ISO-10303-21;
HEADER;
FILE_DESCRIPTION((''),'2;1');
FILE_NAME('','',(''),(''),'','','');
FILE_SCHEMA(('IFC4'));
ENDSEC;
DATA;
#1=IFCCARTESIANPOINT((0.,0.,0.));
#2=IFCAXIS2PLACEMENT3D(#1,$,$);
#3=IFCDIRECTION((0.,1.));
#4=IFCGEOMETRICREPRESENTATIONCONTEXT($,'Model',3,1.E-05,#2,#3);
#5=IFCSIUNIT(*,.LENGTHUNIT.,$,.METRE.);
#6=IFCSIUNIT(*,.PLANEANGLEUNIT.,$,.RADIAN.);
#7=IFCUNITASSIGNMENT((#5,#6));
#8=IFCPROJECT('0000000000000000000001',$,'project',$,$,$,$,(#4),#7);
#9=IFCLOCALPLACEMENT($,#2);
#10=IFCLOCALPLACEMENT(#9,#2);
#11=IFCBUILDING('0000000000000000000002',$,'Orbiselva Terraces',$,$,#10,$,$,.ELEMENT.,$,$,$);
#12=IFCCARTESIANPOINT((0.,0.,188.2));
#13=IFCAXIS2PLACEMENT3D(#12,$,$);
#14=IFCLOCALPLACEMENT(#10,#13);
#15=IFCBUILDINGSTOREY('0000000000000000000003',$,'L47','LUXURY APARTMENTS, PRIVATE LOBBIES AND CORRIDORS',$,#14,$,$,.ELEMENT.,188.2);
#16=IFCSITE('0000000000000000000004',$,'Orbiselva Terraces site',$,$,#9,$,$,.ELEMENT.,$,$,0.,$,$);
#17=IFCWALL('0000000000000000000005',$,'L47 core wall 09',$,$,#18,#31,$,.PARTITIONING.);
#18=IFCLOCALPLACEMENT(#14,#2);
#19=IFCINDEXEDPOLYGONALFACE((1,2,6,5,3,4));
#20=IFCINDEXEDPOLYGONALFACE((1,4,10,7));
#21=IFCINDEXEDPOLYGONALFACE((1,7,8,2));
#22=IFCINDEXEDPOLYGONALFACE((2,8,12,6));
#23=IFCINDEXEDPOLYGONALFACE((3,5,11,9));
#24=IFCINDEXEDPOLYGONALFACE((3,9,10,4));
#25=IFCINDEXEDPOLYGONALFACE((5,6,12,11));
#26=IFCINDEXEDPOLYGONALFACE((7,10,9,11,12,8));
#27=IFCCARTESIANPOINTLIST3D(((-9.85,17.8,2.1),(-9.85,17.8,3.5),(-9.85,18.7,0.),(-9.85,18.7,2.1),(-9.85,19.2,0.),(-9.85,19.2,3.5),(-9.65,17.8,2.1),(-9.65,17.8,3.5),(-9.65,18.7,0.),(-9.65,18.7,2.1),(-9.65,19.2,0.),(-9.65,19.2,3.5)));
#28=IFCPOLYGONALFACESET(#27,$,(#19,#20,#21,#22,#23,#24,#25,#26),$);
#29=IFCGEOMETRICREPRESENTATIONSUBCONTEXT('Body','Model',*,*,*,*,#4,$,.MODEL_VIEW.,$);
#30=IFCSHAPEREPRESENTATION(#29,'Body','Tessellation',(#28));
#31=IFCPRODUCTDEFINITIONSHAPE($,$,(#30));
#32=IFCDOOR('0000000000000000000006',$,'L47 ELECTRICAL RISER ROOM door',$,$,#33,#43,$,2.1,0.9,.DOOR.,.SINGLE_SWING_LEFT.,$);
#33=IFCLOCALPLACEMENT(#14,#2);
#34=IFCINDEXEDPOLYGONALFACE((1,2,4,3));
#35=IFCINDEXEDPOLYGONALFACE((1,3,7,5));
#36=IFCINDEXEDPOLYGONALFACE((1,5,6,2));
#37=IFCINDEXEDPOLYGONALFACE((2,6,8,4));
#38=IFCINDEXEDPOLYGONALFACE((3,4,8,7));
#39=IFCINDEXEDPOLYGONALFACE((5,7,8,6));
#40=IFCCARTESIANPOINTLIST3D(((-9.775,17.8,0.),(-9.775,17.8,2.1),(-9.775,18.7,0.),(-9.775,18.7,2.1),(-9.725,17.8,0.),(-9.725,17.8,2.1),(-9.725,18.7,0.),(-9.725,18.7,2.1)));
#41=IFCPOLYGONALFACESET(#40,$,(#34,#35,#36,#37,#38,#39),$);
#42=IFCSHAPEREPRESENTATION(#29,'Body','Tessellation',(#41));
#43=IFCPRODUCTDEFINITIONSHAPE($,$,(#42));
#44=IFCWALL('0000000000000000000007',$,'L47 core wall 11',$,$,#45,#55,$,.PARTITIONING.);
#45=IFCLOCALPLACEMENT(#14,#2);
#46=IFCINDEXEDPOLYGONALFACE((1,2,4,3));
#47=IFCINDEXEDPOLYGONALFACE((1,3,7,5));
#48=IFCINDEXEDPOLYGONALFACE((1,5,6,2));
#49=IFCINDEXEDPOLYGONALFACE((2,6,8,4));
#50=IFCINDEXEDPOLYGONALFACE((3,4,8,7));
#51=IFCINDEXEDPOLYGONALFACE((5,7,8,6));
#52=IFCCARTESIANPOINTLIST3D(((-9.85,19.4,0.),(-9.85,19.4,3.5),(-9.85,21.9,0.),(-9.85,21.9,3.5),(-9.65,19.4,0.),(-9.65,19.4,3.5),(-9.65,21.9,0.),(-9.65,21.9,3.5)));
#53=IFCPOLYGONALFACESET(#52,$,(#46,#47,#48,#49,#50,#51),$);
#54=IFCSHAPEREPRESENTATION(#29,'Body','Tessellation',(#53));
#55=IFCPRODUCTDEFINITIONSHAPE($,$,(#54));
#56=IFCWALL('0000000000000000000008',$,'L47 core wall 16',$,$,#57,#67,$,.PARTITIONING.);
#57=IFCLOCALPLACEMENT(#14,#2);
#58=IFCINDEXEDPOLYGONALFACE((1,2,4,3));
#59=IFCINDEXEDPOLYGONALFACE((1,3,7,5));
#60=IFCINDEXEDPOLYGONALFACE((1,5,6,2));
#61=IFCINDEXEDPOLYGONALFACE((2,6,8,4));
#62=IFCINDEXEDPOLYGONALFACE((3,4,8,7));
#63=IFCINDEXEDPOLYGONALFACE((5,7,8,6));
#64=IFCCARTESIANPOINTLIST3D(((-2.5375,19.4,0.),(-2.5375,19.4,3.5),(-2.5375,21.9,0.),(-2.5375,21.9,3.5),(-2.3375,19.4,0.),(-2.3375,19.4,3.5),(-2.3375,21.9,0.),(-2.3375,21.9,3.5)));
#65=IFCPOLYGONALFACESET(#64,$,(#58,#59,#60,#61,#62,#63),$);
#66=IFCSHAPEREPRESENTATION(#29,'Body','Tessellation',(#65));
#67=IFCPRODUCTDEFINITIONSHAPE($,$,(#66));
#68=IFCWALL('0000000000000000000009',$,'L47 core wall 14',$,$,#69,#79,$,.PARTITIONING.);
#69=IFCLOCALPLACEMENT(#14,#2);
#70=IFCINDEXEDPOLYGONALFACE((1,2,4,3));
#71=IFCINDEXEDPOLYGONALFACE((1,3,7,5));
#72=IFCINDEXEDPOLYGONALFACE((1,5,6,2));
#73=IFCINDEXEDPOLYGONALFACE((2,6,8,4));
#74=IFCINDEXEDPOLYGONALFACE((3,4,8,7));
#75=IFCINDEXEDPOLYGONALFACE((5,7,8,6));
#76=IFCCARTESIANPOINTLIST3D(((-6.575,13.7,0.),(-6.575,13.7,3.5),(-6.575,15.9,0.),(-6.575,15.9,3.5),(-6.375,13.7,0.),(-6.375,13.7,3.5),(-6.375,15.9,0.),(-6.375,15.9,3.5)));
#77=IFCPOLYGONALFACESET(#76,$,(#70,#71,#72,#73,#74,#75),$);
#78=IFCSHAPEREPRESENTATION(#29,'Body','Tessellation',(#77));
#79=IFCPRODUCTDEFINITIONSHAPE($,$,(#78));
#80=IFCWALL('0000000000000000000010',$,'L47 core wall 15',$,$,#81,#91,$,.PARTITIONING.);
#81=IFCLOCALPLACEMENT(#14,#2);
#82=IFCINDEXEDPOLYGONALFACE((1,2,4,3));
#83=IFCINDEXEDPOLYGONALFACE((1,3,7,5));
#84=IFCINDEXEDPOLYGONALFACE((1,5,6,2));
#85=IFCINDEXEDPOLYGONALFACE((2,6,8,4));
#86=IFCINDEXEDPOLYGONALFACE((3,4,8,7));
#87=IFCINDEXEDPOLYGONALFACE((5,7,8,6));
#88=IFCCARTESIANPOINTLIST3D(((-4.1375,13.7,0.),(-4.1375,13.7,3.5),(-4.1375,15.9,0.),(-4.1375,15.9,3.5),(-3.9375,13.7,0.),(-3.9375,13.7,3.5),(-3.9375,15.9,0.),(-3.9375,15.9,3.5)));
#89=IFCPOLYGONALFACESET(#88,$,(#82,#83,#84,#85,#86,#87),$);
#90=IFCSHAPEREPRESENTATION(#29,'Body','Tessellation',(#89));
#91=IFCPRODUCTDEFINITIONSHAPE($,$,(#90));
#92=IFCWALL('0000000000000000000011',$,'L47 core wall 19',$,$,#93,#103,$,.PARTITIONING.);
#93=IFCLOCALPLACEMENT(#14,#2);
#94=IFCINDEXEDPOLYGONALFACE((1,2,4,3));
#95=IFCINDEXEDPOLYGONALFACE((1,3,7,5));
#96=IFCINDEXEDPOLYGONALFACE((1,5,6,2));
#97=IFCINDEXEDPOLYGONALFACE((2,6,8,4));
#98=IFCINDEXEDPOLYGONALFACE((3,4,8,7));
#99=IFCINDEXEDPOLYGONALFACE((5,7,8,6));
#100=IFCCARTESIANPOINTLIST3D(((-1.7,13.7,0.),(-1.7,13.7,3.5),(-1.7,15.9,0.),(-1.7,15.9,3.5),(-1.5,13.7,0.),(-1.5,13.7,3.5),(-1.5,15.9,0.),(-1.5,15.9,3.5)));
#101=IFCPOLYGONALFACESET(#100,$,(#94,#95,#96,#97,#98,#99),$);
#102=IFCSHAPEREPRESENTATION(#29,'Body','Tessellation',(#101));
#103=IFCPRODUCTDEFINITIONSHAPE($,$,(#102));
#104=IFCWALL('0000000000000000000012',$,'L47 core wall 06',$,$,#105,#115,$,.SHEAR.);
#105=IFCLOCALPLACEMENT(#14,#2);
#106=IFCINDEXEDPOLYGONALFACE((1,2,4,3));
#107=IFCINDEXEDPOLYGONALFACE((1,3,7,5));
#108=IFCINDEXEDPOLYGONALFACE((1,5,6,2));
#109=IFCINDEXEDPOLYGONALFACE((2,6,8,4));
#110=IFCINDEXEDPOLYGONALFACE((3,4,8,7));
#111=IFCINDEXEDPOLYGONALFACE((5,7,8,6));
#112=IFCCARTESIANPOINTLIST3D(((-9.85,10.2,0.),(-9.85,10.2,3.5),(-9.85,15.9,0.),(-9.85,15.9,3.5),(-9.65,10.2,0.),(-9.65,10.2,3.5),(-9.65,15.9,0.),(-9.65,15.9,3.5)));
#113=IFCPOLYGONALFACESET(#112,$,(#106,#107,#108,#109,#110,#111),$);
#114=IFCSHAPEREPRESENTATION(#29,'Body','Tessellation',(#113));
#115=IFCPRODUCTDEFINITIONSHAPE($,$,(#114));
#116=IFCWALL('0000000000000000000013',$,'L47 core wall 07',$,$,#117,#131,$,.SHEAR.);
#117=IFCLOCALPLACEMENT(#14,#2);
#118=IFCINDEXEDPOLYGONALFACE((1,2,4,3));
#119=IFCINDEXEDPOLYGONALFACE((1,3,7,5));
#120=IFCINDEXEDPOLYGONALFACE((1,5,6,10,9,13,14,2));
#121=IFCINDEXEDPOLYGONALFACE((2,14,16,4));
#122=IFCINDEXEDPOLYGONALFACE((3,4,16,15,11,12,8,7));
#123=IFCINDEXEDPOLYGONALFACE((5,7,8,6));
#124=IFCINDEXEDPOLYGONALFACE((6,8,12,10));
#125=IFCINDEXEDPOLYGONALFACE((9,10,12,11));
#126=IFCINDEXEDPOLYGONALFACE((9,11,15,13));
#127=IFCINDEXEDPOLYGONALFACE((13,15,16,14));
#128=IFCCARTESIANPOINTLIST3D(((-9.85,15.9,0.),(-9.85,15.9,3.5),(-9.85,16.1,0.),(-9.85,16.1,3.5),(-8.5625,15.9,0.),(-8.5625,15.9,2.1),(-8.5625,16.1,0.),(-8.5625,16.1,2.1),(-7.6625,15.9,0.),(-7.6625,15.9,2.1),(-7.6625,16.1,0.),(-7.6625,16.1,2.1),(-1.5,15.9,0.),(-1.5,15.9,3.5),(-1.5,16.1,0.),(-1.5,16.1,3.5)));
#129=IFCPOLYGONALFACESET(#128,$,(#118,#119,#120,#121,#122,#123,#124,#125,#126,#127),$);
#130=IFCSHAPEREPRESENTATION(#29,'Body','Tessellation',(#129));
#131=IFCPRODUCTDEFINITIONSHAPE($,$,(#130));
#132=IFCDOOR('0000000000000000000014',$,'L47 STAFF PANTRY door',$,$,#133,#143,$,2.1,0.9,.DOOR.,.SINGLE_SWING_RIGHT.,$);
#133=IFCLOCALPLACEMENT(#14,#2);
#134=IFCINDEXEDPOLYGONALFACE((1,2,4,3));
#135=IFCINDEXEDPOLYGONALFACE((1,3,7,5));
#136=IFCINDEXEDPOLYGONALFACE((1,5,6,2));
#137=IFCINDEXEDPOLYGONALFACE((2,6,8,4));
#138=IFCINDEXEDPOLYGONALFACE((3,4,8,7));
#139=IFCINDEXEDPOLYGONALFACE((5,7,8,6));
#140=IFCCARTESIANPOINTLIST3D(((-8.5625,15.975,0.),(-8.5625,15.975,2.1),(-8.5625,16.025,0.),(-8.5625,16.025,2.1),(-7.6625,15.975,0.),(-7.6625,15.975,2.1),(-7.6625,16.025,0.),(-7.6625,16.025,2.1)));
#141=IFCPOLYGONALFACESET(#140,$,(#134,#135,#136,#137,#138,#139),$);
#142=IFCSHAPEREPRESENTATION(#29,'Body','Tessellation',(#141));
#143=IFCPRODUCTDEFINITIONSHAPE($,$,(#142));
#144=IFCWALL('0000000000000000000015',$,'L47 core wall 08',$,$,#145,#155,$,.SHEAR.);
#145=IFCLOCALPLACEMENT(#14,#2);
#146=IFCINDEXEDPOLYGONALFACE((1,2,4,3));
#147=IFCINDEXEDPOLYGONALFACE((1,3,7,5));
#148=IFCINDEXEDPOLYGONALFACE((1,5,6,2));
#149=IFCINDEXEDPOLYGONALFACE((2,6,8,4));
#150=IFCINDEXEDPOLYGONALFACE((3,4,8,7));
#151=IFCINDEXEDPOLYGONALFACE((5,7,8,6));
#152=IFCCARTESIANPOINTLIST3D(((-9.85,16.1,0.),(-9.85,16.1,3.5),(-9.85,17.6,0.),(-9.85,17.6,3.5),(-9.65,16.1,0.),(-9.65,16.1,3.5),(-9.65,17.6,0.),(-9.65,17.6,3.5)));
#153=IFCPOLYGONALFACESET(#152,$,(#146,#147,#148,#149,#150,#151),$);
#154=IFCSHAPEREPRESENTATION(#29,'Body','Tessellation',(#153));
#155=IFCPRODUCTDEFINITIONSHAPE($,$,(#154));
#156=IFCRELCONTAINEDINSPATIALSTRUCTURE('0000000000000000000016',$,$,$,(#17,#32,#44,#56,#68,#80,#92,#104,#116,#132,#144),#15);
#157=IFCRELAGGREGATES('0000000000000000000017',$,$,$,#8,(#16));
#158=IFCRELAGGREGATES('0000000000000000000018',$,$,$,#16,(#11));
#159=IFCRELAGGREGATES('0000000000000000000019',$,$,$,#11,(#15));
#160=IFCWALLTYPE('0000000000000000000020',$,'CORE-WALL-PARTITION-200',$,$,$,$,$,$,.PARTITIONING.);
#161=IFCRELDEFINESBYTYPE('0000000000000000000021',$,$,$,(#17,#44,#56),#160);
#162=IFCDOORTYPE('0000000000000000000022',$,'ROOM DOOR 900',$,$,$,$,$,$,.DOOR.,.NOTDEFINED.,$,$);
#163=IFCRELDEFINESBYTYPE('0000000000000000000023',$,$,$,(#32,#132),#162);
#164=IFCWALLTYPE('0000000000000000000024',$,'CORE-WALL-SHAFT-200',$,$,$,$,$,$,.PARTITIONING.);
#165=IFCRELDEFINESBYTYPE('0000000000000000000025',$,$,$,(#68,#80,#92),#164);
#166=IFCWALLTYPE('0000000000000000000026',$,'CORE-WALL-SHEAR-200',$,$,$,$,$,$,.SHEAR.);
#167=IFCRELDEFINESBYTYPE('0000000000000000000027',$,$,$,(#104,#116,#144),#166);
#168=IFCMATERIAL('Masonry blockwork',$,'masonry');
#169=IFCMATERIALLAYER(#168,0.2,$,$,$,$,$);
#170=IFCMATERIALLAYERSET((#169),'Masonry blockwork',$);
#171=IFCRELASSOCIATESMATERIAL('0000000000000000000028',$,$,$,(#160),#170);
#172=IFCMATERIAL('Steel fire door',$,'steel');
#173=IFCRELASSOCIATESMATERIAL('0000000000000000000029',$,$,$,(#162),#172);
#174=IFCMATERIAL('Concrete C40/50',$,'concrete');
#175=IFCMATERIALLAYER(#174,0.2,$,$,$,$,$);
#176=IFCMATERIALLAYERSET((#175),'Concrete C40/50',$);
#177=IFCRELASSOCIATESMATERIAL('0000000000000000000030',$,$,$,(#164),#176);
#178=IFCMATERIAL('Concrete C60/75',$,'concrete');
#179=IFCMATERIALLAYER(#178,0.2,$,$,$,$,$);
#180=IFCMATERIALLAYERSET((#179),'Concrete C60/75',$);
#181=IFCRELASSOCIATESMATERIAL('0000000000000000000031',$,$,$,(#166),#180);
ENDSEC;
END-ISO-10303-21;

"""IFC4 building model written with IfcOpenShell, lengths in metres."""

from ifc_helpers import new_model, si_unit, direction, frame, frame_2d, origin, place, context, subcontext, project, spatial, rectangle, extrude, material, layer, layer_set, type_object, element, fill, save


model = new_model("IFC4")

# Units and contexts
model_context = context("Model", 3, precision=1e-05, world=origin(), true_north=direction((0.0, 1.0)))
body_context = subcontext(model_context, "Body", "Model", "MODEL_VIEW")
ifc_project = project(units=[si_unit("LENGTHUNIT", "METRE"), si_unit("PLANEANGLEUNIT", "RADIAN")], contexts=[model_context])

# Site, building, storey
site_placement = place(None, origin())
site = spatial("IfcSite", under=ifc_project, at=site_placement, Name="Orbiselva Terraces site", CompositionType="ELEMENT", RefElevation=0.0)
building_placement = place(site_placement, origin())
building = spatial("IfcBuilding", under=site, at=building_placement, Name="Orbiselva Terraces", CompositionType="ELEMENT")
storey_placement = place(building_placement, frame((0.0, 0.0, 188.2)))
storey = spatial("IfcBuildingStorey", under=building, at=storey_placement, Name="L47", Description="LUXURY APARTMENTS, PRIVATE LOBBIES AND CORRIDORS", CompositionType="ELEMENT", Elevation=188.2)

# Wall, opening, door
ifc_material_1 = material(Name="Masonry blockwork", Category="masonry")
ifc_layer_1 = layer(ifc_material_1, 0.2)
ifc_layer_set_1 = layer_set([ifc_layer_1], Name="Masonry blockwork")
wall_type_1 = type_object("IfcWallType", Name="CORE-WALL-PARTITION-200", PredefinedType="PARTITIONING", material=ifc_layer_set_1)
wall_1_placement = place(storey_placement, frame((-9.75, 17.8, 0.0), z_axis=(0.0, 0.0, 1.0), x_axis=(0.0, 1.0, 0.0)))
wall_1 = element("IfcWall", 1, at=wall_1_placement, inside=storey, type_object=wall_type_1, Name="L47 core wall 09", PredefinedType="PARTITIONING", context=body_context, shape_type="SweptSolid", body=[
    extrude(rectangle(XDim=1.4, YDim=0.2, at=frame_2d((0.7, 0.0))), origin(), (0.0, 0.0, 1.0), 3.5),
])
opening_1_placement = place(wall_1_placement, origin())
opening_1 = element("IfcOpeningElement", 2, at=opening_1_placement, cuts=wall_1, PredefinedType="OPENING", context=body_context, shape_type="SweptSolid", body=[
    extrude(rectangle(XDim=0.9, YDim=2.1, at=frame_2d((0.45, 1.05))), frame((0.0, 0.11, 0.0), z_axis=(0.0, -1.0, 0.0), x_axis=(1.0, 0.0, 0.0)), (0.0, 0.0, 1.0), 0.22),
])
ifc_material_2 = material(Name="Steel fire door", Category="steel")
door_type_1 = type_object("IfcDoorType", Name="ROOM DOOR 900", OperationType="NOTDEFINED", PredefinedType="DOOR", material=ifc_material_2)
door_1_placement = place(opening_1_placement, origin())
door_1 = element("IfcDoor", 3, at=door_1_placement, inside=storey, type_object=door_type_1, Name="L47 ELECTRICAL RISER ROOM door", OperationType="SINGLE_SWING_LEFT", OverallHeight=2.1, OverallWidth=0.9, PredefinedType="DOOR", context=body_context, shape_type="SweptSolid", body=[
    extrude(rectangle(XDim=0.9, YDim=2.1, at=frame_2d((0.45, 1.05))), frame((0.0, 0.025, 0.0), z_axis=(0.0, -1.0, 0.0), x_axis=(1.0, 0.0, 0.0)), (0.0, 0.0, 1.0), 0.05),
])
fill(opening_1, door_1)

# Walls
for number, where, z_axis, x_axis, name in (
    (4, (-9.75, 19.4, 0.0), (0.0, 0.0, 1.0), (0.0, 1.0, 0.0), "L47 core wall 11"),
    (5, (-2.4375, 19.4, 0.0), (0.0, 0.0, 1.0), (0.0, 1.0, 0.0), "L47 core wall 16"),
):
    element("IfcWall", number, at=place(storey_placement, frame(where, z_axis=z_axis, x_axis=x_axis)), inside=storey, type_object=wall_type_1, Name=name, PredefinedType="PARTITIONING", context=body_context, shape_type="SweptSolid", body=[
        extrude(rectangle(XDim=2.5, YDim=0.2, at=frame_2d((1.25, 0.0))), origin(), (0.0, 0.0, 1.0), 3.5),
    ])
ifc_material_3 = material(Name="Concrete C40/50", Category="concrete")
ifc_layer_2 = layer(ifc_material_3, 0.2)
ifc_layer_set_2 = layer_set([ifc_layer_2], Name="Concrete C40/50")
wall_type_2 = type_object("IfcWallType", Name="CORE-WALL-SHAFT-200", PredefinedType="PARTITIONING", material=ifc_layer_set_2)
for number, where, z_axis, x_axis, name in (
    (6, (-6.475, 13.7, 0.0), (0.0, 0.0, 1.0), (0.0, 1.0, 0.0), "L47 core wall 14"),
    (7, (-4.0375, 13.7, 0.0), (0.0, 0.0, 1.0), (0.0, 1.0, 0.0), "L47 core wall 15"),
    (8, (-1.6, 13.7, 0.0), (0.0, 0.0, 1.0), (0.0, 1.0, 0.0), "L47 core wall 19"),
):
    element("IfcWall", number, at=place(storey_placement, frame(where, z_axis=z_axis, x_axis=x_axis)), inside=storey, type_object=wall_type_2, Name=name, PredefinedType="PARTITIONING", context=body_context, shape_type="SweptSolid", body=[
        extrude(rectangle(XDim=2.2, YDim=0.2, at=frame_2d((1.1, 0.0))), origin(), (0.0, 0.0, 1.0), 3.5),
    ])
ifc_material_4 = material(Name="Concrete C60/75", Category="concrete")
ifc_layer_3 = layer(ifc_material_4, 0.2)
ifc_layer_set_3 = layer_set([ifc_layer_3], Name="Concrete C60/75")
wall_type_3 = type_object("IfcWallType", Name="CORE-WALL-SHEAR-200", PredefinedType="SHEAR", material=ifc_layer_set_3)
wall_2_placement = place(storey_placement, frame((-9.75, 10.2, 0.0), z_axis=(0.0, 0.0, 1.0), x_axis=(0.0, 1.0, 0.0)))
element("IfcWall", 9, at=wall_2_placement, inside=storey, type_object=wall_type_3, Name="L47 core wall 06", PredefinedType="SHEAR", context=body_context, shape_type="SweptSolid", body=[
    extrude(rectangle(XDim=5.7, YDim=0.2, at=frame_2d((2.85, 0.0))), origin(), (0.0, 0.0, 1.0), 3.5),
])

# Wall, opening, door
wall_3_placement = place(storey_placement, frame((-1.5, 16.0, 0.0), z_axis=(0.0, 0.0, 1.0), x_axis=(-1.0, 0.0, 0.0)))
wall_3 = element("IfcWall", 10, at=wall_3_placement, inside=storey, type_object=wall_type_3, Name="L47 core wall 07", PredefinedType="SHEAR", context=body_context, shape_type="SweptSolid", body=[
    extrude(rectangle(XDim=8.35, YDim=0.2, at=frame_2d((4.175, 0.0))), origin(), (0.0, 0.0, 1.0), 3.5),
])
opening_2_placement = place(wall_3_placement, frame((6.1625, 0.0, 0.0)))
opening_2 = element("IfcOpeningElement", 11, at=opening_2_placement, cuts=wall_3, PredefinedType="OPENING", context=body_context, shape_type="SweptSolid", body=[
    extrude(rectangle(XDim=0.9, YDim=2.1, at=frame_2d((0.45, 1.05))), frame((0.0, 0.11, 0.0), z_axis=(0.0, -1.0, 0.0), x_axis=(1.0, 0.0, 0.0)), (0.0, 0.0, 1.0), 0.22),
])
door_2_placement = place(opening_2_placement, origin())
door_2 = element("IfcDoor", 12, at=door_2_placement, inside=storey, type_object=door_type_1, Name="L47 STAFF PANTRY door", OperationType="SINGLE_SWING_RIGHT", OverallHeight=2.1, OverallWidth=0.9, PredefinedType="DOOR", context=body_context, shape_type="SweptSolid", body=[
    extrude(rectangle(XDim=0.9, YDim=2.1, at=frame_2d((0.45, 1.05))), frame((0.0, 0.025, 0.0), z_axis=(0.0, -1.0, 0.0), x_axis=(1.0, 0.0, 0.0)), (0.0, 0.0, 1.0), 0.05),
])
fill(opening_2, door_2)

# Wall
wall_4_placement = place(storey_placement, frame((-9.75, 16.1, 0.0), z_axis=(0.0, 0.0, 1.0), x_axis=(0.0, 1.0, 0.0)))
element("IfcWall", 13, at=wall_4_placement, inside=storey, type_object=wall_type_3, Name="L47 core wall 08", PredefinedType="SHEAR", context=body_context, shape_type="SweptSolid", body=[
    extrude(rectangle(XDim=1.5, YDim=0.2, at=frame_2d((0.75, 0.0))), origin(), (0.0, 0.0, 1.0), 3.5),
])

save(model, "model.ifc")
